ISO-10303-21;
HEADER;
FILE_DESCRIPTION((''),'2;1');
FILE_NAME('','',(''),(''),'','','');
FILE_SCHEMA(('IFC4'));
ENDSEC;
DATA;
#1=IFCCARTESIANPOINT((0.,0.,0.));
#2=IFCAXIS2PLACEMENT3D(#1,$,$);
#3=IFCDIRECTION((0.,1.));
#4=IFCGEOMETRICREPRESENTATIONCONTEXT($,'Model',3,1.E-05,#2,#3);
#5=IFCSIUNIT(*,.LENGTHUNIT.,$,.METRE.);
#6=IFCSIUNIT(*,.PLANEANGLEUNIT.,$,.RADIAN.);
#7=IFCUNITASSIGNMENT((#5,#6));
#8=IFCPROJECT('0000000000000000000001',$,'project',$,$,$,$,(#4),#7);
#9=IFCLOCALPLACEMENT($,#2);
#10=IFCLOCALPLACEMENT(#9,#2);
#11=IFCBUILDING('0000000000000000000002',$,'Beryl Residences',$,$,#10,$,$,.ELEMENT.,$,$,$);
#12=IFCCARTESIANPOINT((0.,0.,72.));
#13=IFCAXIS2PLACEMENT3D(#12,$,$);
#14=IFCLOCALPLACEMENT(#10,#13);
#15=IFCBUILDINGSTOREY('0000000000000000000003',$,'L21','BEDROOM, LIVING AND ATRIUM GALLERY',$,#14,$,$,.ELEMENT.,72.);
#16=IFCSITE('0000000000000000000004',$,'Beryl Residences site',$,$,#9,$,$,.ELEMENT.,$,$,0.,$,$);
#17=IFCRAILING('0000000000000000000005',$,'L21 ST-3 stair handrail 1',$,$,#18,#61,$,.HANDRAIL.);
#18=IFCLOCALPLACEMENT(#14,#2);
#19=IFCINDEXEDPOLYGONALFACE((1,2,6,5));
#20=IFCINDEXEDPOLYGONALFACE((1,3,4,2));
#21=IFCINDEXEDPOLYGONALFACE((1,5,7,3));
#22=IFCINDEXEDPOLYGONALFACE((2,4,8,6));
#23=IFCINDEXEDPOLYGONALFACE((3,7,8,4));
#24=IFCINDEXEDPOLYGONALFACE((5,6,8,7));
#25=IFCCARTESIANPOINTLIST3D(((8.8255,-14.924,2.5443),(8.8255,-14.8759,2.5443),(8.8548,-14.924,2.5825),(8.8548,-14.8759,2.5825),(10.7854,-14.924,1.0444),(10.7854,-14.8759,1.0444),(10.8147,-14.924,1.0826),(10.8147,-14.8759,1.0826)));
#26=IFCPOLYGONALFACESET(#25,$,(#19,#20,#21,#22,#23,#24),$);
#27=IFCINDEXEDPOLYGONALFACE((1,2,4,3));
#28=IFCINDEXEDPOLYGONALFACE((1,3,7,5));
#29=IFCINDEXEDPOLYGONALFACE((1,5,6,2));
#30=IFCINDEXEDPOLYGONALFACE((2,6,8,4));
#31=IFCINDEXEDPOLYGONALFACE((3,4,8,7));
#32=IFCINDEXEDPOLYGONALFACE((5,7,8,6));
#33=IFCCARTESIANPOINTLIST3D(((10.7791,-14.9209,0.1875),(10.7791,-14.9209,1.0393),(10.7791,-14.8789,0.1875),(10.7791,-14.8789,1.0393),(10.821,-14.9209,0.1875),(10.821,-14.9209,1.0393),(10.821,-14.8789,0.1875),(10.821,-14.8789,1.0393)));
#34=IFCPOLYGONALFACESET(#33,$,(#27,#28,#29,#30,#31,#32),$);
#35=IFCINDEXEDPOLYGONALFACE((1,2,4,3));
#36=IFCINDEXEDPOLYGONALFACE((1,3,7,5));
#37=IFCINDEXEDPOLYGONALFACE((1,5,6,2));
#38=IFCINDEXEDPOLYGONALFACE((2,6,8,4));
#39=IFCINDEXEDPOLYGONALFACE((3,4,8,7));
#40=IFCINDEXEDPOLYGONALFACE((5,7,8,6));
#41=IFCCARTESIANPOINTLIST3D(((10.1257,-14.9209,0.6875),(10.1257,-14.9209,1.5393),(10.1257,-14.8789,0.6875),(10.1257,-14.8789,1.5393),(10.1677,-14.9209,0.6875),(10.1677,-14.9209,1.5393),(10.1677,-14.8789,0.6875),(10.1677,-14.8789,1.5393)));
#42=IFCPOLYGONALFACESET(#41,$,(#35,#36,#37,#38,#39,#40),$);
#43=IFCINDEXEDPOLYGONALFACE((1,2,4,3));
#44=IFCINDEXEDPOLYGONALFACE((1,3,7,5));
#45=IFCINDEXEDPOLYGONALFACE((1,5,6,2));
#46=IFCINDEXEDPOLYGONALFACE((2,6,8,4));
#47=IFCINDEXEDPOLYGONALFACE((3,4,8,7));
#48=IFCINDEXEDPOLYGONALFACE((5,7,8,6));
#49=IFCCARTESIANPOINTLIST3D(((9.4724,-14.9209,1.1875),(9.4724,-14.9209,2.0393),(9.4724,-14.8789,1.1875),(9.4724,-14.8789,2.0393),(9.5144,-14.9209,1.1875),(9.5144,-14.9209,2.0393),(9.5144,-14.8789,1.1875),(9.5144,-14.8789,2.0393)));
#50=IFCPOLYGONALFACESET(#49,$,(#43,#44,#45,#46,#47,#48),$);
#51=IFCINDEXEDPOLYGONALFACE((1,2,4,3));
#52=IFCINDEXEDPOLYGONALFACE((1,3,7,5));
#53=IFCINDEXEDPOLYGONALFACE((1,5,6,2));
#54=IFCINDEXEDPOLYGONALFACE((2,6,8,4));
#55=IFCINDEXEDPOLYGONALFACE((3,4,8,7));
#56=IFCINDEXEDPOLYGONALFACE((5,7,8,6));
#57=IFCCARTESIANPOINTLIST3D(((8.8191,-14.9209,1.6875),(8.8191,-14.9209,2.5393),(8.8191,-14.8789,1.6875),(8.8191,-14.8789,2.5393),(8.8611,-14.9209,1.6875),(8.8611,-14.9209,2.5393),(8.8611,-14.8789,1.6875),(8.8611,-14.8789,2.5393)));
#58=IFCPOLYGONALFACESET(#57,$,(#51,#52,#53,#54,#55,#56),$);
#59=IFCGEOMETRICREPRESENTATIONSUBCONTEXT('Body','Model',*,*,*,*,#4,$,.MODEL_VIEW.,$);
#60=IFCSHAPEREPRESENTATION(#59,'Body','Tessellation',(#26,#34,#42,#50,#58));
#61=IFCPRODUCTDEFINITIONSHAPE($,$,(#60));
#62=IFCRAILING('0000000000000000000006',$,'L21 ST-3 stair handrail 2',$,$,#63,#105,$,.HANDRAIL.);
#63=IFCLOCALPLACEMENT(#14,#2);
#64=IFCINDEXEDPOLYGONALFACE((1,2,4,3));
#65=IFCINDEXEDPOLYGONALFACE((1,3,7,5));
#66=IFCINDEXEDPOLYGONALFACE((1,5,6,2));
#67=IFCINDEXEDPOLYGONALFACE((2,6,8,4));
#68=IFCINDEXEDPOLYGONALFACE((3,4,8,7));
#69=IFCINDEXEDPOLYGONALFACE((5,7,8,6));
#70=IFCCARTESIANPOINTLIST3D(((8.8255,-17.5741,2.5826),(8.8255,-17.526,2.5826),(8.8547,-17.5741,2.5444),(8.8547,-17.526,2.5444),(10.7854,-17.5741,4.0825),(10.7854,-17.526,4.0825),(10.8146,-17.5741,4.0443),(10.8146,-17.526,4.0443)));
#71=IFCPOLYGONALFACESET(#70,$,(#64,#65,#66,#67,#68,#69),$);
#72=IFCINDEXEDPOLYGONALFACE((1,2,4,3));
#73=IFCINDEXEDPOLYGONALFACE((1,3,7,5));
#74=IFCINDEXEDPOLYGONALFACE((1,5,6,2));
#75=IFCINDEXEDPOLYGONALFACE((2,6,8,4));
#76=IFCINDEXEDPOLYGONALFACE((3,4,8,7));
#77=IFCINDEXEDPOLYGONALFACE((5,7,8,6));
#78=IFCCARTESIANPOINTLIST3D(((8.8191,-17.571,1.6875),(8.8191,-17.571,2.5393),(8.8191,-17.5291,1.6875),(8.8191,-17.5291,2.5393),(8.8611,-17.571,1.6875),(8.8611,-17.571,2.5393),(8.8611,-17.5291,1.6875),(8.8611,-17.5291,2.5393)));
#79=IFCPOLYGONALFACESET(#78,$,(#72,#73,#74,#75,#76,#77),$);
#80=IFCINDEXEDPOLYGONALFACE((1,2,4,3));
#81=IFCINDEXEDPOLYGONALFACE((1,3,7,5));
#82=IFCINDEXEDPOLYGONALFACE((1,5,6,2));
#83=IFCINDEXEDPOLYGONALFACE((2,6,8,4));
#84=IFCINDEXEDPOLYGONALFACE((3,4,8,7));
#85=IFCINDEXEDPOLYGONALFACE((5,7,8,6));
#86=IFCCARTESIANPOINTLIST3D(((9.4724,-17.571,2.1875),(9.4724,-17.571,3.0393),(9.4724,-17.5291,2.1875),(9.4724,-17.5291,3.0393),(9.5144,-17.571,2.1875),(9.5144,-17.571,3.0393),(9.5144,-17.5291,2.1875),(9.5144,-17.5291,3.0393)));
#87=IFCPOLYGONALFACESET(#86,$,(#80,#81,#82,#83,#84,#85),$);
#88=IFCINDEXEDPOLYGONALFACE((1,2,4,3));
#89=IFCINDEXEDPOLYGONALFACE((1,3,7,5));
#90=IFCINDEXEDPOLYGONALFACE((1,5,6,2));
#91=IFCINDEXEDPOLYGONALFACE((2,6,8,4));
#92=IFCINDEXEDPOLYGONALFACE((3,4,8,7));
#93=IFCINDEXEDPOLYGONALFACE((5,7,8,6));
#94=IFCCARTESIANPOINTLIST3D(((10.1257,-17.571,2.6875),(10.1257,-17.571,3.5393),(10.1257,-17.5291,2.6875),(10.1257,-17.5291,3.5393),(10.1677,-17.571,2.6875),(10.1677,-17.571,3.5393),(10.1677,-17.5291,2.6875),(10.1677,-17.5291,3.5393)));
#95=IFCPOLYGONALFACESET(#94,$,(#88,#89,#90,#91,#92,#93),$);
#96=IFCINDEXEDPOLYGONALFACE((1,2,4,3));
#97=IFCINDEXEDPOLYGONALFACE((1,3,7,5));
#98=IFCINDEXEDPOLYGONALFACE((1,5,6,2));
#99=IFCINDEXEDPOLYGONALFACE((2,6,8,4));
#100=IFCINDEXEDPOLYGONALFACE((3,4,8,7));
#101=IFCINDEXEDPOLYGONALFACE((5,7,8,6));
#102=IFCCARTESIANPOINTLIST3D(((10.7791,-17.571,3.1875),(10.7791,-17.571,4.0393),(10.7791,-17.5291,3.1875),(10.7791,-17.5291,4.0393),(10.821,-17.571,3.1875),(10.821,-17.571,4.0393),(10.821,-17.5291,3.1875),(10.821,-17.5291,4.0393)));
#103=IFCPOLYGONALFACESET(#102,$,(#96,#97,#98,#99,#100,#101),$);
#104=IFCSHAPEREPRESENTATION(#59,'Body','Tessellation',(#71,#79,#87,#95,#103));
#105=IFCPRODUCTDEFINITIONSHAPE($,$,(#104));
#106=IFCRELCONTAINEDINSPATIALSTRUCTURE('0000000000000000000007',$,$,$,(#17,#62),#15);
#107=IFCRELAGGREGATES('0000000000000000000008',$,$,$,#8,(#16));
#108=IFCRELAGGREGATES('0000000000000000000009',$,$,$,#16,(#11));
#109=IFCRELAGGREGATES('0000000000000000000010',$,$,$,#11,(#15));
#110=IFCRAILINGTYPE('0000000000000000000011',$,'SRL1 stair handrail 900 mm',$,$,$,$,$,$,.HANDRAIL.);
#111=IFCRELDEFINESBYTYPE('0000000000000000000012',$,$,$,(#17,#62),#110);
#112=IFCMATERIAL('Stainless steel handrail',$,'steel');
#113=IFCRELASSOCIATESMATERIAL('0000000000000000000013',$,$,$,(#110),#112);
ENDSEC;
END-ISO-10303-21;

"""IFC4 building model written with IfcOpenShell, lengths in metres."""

from ifc_helpers import new_model, si_unit, direction, frame, origin, origin_2d, place, context, subcontext, project, spatial, rectangle, extrude, material, type_object, element, save


model = new_model("IFC4")

# Units and contexts
model_context = context("Model", 3, precision=1e-05, world=origin(), true_north=direction((0.0, 1.0)))
body_context = subcontext(model_context, "Body", "Model", "MODEL_VIEW")
ifc_project = project(units=[si_unit("LENGTHUNIT", "METRE"), si_unit("PLANEANGLEUNIT", "RADIAN")], contexts=[model_context])

# Site, building, storey
site_placement = place(None, origin())
site = spatial("IfcSite", under=ifc_project, at=site_placement, Name="Beryl Residences site", CompositionType="ELEMENT", RefElevation=0.0)
building_placement = place(site_placement, origin())
building = spatial("IfcBuilding", under=site, at=building_placement, Name="Beryl Residences", CompositionType="ELEMENT")
storey_placement = place(building_placement, frame((0.0, 0.0, 72.0)))
storey = spatial("IfcBuildingStorey", under=building, at=storey_placement, Name="L21", Description="BEDROOM, LIVING AND ATRIUM GALLERY", CompositionType="ELEMENT", Elevation=72.0)

# Railings
ifc_material_1 = material(Name="Stainless steel handrail", Category="steel")
railing_type_1 = type_object("IfcRailingType", Name="SRL1 stair handrail 900 mm", PredefinedType="HANDRAIL", material=ifc_material_1)
railing_1_placement = place(storey_placement, frame((10.8, -14.8999, 0.1875)))
element("IfcRailing", 1, at=railing_1_placement, inside=storey, type_object=railing_type_1, Name="L21 ST-3 stair handrail 1", PredefinedType="HANDRAIL", context=body_context, shape_type="SweptSolid", body=[
    extrude(rectangle(XDim=0.0481, YDim=0.0481, at=origin_2d()), frame((0.0, 0.0, 0.876), z_axis=(-0.794122, 0.0, 0.607758), x_axis=(0.0, -1.0, 0.0)), (0.0, 0.0, 1.0), 2.468),
    extrude(rectangle(XDim=0.042, YDim=0.042, at=origin_2d()), origin(), (0.0, 0.0, 1.0), 0.8518),
    extrude(rectangle(XDim=0.042, YDim=0.042, at=origin_2d()), frame((-0.6533, 0.0, 0.5)), (0.0, 0.0, 1.0), 0.8518),
    extrude(rectangle(XDim=0.042, YDim=0.042, at=origin_2d()), frame((-1.3066, 0.0, 1.0)), (0.0, 0.0, 1.0), 0.8518),
    extrude(rectangle(XDim=0.042, YDim=0.042, at=origin_2d()), frame((-1.96, 0.0, 1.5)), (0.0, 0.0, 1.0), 0.8518),
])
railing_2_placement = place(storey_placement, frame((8.8401, -17.55, 1.6875)))
element("IfcRailing", 2, at=railing_2_placement, inside=storey, type_object=railing_type_1, Name="L21 ST-3 stair handrail 2", PredefinedType="HANDRAIL", context=body_context, shape_type="SweptSolid", body=[
    extrude(rectangle(XDim=0.0481, YDim=0.0481, at=origin_2d()), frame((0.0, 0.0, 0.876), z_axis=(0.794122, 0.0, 0.607758), x_axis=(0.0, 1.0, 0.0)), (0.0, 0.0, 1.0), 2.468),
    extrude(rectangle(XDim=0.042, YDim=0.042, at=origin_2d()), origin(), (0.0, 0.0, 1.0), 0.8518),
    extrude(rectangle(XDim=0.042, YDim=0.042, at=origin_2d()), frame((0.6533, 0.0, 0.5)), (0.0, 0.0, 1.0), 0.8518),
    extrude(rectangle(XDim=0.042, YDim=0.042, at=origin_2d()), frame((1.3066, 0.0, 1.0)), (0.0, 0.0, 1.0), 0.8518),
    extrude(rectangle(XDim=0.042, YDim=0.042, at=origin_2d()), frame((1.96, 0.0, 1.5)), (0.0, 0.0, 1.0), 0.8518),
])

save(model, "model.ifc")
